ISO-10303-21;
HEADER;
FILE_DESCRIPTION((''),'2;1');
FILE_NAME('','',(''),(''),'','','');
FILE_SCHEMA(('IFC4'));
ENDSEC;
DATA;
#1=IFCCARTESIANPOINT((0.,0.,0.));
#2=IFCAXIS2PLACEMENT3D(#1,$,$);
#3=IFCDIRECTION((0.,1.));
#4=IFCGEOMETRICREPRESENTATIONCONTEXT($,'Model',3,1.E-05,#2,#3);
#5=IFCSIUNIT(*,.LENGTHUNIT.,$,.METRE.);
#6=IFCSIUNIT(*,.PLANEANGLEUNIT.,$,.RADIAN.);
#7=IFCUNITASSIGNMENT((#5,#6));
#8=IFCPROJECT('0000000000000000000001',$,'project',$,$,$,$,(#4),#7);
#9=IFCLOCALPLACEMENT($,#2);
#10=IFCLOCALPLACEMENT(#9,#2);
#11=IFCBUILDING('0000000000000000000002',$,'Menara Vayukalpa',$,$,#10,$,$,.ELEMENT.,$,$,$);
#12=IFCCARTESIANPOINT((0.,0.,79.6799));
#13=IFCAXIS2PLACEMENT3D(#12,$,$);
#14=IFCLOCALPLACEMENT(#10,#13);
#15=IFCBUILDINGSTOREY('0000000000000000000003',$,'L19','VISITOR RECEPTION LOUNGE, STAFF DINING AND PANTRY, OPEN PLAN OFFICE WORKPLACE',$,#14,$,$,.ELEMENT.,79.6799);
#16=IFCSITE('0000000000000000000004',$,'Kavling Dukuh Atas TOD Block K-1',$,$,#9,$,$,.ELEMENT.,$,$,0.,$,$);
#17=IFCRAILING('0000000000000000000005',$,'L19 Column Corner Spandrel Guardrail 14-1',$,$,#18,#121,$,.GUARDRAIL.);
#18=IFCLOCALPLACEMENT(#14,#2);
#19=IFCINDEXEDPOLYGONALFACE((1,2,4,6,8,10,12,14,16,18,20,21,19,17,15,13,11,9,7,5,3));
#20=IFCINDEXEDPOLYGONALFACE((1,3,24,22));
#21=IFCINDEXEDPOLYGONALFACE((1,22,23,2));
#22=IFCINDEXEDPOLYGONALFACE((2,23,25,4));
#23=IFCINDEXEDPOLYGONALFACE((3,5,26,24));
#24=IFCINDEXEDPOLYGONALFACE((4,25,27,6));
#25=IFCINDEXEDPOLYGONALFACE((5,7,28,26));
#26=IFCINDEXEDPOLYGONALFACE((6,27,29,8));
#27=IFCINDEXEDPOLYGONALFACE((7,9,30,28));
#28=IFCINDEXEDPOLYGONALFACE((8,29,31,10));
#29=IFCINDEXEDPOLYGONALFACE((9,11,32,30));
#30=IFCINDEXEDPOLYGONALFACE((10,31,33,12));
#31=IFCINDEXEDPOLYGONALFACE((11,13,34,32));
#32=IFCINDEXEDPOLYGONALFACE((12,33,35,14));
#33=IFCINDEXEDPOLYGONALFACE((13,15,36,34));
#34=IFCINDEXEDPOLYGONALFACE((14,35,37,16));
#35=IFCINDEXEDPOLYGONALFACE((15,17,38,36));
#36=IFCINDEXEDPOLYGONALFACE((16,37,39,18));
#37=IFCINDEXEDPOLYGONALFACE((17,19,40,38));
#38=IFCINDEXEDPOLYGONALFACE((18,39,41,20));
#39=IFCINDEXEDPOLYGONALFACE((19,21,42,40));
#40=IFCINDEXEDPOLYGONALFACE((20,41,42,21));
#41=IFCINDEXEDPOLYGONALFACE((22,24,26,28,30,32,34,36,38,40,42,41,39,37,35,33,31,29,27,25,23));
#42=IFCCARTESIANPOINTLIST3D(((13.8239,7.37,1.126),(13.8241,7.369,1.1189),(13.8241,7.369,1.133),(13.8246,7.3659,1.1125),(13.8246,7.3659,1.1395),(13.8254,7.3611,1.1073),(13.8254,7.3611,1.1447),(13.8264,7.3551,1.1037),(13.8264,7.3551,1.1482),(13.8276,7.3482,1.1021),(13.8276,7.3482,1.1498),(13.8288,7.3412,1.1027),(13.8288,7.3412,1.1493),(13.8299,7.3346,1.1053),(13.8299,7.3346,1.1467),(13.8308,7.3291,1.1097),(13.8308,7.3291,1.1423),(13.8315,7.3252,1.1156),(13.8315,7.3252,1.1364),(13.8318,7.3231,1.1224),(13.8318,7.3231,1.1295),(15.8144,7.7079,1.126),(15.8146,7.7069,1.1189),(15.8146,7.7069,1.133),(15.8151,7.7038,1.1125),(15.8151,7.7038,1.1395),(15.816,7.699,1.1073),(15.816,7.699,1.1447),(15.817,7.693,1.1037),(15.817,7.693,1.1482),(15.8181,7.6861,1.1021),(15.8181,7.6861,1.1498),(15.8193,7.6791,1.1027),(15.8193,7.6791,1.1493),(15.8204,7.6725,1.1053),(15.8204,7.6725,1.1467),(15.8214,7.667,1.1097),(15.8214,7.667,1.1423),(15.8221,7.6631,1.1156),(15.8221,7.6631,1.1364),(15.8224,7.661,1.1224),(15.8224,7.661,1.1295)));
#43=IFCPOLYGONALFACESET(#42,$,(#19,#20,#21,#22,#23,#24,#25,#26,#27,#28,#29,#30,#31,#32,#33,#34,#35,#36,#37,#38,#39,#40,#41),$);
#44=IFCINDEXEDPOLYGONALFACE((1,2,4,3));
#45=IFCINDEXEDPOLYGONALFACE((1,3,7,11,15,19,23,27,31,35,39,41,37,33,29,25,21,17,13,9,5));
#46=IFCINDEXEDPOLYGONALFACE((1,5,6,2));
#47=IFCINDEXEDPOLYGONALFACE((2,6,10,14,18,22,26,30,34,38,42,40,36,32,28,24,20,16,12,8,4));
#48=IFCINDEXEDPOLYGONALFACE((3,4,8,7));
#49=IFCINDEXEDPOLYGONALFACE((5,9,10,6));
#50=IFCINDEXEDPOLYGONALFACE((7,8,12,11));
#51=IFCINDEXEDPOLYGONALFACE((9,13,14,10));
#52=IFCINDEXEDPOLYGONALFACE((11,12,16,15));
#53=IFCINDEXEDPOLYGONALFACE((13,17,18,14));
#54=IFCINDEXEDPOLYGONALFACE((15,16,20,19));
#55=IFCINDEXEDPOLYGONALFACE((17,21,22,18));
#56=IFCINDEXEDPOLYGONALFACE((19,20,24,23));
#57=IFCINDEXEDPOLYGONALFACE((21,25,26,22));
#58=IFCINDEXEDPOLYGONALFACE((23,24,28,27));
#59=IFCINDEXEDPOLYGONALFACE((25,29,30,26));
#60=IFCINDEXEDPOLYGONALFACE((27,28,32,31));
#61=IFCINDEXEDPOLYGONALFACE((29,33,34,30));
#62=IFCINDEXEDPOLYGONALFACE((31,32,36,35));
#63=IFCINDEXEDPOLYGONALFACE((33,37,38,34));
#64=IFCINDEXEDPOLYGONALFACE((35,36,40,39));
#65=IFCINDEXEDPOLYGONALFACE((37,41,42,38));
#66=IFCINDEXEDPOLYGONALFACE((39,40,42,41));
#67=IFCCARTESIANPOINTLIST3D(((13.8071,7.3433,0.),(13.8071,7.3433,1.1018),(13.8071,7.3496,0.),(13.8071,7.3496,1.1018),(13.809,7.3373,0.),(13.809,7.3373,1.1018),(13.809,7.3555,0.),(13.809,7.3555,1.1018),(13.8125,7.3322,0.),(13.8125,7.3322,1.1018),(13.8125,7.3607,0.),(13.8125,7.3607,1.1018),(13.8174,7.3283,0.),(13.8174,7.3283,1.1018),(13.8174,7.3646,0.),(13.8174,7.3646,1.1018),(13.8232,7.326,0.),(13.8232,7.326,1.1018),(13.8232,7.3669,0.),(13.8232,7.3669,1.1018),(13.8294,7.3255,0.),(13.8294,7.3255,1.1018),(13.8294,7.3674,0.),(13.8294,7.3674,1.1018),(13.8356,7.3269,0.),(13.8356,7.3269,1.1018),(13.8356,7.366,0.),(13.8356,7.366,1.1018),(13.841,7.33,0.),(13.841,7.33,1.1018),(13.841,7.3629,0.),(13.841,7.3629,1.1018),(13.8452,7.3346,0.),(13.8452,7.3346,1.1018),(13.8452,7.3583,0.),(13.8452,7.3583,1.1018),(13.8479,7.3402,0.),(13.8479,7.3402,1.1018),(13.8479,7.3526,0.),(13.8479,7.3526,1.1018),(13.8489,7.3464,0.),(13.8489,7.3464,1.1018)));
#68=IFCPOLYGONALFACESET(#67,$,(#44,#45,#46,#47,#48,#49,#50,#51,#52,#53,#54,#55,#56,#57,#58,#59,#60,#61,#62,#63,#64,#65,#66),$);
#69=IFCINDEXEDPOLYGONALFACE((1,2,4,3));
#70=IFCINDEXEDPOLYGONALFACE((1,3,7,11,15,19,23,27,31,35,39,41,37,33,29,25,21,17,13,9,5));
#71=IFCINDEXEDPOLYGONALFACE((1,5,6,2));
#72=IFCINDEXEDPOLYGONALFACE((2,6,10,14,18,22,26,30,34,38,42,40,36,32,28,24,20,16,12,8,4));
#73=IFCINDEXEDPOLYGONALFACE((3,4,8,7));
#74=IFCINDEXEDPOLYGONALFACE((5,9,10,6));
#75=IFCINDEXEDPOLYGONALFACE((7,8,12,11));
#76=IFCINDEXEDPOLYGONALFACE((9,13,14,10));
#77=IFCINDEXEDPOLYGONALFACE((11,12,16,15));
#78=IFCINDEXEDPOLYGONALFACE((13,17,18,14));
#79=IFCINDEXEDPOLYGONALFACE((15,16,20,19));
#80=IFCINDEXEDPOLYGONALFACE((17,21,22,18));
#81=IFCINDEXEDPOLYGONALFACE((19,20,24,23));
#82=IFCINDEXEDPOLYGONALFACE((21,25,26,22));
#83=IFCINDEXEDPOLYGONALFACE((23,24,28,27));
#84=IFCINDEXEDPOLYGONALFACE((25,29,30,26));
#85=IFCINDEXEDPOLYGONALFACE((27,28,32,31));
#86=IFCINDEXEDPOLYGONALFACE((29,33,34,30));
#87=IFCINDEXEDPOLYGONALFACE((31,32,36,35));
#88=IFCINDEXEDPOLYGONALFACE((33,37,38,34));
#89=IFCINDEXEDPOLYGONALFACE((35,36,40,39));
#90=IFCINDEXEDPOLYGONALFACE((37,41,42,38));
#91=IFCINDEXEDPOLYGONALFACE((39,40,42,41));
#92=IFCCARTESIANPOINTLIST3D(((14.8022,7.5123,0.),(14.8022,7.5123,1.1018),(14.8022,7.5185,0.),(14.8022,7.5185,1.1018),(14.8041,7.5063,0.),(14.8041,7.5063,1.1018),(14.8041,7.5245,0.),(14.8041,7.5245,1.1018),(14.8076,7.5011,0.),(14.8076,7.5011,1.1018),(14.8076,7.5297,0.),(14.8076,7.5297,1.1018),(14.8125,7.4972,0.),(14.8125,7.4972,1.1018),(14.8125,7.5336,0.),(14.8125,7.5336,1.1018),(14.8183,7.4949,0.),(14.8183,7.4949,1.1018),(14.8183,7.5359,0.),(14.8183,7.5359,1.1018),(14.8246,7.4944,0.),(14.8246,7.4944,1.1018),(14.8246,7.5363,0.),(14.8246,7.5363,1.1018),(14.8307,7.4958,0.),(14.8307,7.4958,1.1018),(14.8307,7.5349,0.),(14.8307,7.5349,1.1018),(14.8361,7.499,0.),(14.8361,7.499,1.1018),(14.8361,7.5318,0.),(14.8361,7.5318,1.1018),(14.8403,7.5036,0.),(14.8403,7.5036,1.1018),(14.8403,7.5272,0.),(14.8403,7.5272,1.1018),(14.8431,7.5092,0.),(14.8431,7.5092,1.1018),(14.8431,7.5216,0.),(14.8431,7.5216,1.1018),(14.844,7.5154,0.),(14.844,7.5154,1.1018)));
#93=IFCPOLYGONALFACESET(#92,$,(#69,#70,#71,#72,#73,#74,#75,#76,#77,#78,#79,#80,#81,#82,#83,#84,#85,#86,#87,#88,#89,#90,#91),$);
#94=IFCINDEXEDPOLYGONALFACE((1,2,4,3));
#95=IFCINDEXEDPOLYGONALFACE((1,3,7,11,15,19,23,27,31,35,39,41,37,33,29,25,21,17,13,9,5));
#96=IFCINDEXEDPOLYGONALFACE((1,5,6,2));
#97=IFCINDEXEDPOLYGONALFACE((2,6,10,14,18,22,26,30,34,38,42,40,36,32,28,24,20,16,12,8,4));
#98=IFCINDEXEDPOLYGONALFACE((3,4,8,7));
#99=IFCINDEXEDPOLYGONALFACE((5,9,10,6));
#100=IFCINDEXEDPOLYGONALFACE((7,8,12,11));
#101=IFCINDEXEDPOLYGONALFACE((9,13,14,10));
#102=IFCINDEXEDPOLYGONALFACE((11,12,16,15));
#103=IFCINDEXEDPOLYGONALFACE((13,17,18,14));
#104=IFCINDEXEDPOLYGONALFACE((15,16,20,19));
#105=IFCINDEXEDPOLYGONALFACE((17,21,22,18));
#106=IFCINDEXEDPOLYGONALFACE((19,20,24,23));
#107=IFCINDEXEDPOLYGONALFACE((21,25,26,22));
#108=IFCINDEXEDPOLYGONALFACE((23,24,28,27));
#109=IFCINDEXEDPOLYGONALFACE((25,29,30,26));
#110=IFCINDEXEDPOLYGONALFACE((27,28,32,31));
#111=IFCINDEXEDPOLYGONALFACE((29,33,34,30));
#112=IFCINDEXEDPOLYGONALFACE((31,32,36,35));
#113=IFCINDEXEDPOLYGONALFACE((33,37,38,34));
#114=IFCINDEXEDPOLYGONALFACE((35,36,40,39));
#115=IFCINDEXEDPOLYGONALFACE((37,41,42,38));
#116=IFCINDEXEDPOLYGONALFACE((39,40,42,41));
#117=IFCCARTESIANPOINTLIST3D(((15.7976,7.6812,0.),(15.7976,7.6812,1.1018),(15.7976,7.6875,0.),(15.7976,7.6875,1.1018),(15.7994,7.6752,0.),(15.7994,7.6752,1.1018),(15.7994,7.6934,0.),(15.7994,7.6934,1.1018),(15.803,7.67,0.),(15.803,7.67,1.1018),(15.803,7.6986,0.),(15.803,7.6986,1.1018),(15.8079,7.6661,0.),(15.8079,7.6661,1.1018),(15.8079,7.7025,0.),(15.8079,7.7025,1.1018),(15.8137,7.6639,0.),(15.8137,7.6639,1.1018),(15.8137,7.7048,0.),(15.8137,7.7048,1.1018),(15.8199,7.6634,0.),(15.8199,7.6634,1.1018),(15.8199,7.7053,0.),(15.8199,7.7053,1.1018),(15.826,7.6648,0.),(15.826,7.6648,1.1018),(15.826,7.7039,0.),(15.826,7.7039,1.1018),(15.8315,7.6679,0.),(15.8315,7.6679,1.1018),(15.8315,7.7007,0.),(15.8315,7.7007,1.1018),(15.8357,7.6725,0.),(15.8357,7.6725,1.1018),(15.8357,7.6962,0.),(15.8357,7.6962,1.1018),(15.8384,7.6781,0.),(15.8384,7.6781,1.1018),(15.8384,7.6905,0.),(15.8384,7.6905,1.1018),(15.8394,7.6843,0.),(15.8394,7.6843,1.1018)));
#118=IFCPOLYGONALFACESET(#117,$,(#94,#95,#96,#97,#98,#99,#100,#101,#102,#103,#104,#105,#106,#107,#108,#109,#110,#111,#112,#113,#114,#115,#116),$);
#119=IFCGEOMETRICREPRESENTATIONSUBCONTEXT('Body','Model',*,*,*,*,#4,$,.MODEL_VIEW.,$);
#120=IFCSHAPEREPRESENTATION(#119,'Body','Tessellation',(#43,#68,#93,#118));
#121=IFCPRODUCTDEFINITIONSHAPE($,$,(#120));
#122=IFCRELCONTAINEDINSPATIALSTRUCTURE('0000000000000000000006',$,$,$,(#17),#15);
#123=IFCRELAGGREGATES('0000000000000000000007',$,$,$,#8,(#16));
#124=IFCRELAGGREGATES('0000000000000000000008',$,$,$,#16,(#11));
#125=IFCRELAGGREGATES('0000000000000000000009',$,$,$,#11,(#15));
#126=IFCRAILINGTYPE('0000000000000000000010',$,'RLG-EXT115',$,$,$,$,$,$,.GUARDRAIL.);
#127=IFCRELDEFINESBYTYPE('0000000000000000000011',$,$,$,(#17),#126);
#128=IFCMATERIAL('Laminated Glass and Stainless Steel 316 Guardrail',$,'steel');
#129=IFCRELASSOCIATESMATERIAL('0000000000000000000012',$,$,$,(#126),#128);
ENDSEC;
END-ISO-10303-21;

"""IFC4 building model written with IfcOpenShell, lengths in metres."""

from ifc_helpers import new_model, si_unit, direction, frame, origin, origin_2d, place, context, subcontext, project, spatial, circle, extrude, material, type_object, element, save


model = new_model("IFC4")

# Units and contexts
model_context = context("Model", 3, precision=1e-05, world=origin(), true_north=direction((0.0, 1.0)))
body_context = subcontext(model_context, "Body", "Model", "MODEL_VIEW")
ifc_project = project(units=[si_unit("LENGTHUNIT", "METRE"), si_unit("PLANEANGLEUNIT", "RADIAN")], contexts=[model_context])

# Site, building, storey
site_placement = place(None, origin())
site = spatial("IfcSite", under=ifc_project, at=site_placement, Name="Kavling Dukuh Atas TOD Block K-1", CompositionType="ELEMENT", RefElevation=0.0)
building_placement = place(site_placement, origin())
building = spatial("IfcBuilding", under=site, at=building_placement, Name="Menara Vayukalpa", CompositionType="ELEMENT")
storey_placement = place(building_placement, frame((0.0, 0.0, 79.6799)))
storey = spatial("IfcBuildingStorey", under=building, at=storey_placement, Name="L19", Description="VISITOR RECEPTION LOUNGE, STAFF DINING AND PANTRY, OPEN PLAN OFFICE WORKPLACE", CompositionType="ELEMENT", Elevation=79.6799)

# Railing
ifc_material_1 = material(Name="Laminated Glass and Stainless Steel 316 Guardrail", Category="steel")
railing_type = type_object("IfcRailingType", Name="RLG-EXT115", PredefinedType="GUARDRAIL", material=ifc_material_1)
railing_1_placement = place(storey_placement, frame((13.8279, 7.3464, 0.0)))
element("IfcRailing", 1, at=railing_1_placement, inside=storey, type_object=railing_type, Name="L19 Column Corner Spandrel Guardrail 14-1", PredefinedType="GUARDRAIL", context=body_context, shape_type="SweptSolid", body=[
    extrude(circle(Radius=0.0239, at=origin_2d()), frame((0.0, 0.0, 1.126), z_axis=(0.985896, 0.167359, 0.0), x_axis=(-0.167359, 0.985896, 0.0)), (0.0, 0.0, 1.0), 2.019),
    extrude(circle(Radius=0.021, at=origin_2d()), origin(), (0.0, 0.0, 1.0), 1.1018),
    extrude(circle(Radius=0.021, at=origin_2d()), frame((0.9951, 0.1689, 0.0)), (0.0, 0.0, 1.0), 1.1018),
    extrude(circle(Radius=0.021, at=origin_2d()), frame((1.9905, 0.3379, 0.0)), (0.0, 0.0, 1.0), 1.1018),
])

save(model, "model.ifc")
